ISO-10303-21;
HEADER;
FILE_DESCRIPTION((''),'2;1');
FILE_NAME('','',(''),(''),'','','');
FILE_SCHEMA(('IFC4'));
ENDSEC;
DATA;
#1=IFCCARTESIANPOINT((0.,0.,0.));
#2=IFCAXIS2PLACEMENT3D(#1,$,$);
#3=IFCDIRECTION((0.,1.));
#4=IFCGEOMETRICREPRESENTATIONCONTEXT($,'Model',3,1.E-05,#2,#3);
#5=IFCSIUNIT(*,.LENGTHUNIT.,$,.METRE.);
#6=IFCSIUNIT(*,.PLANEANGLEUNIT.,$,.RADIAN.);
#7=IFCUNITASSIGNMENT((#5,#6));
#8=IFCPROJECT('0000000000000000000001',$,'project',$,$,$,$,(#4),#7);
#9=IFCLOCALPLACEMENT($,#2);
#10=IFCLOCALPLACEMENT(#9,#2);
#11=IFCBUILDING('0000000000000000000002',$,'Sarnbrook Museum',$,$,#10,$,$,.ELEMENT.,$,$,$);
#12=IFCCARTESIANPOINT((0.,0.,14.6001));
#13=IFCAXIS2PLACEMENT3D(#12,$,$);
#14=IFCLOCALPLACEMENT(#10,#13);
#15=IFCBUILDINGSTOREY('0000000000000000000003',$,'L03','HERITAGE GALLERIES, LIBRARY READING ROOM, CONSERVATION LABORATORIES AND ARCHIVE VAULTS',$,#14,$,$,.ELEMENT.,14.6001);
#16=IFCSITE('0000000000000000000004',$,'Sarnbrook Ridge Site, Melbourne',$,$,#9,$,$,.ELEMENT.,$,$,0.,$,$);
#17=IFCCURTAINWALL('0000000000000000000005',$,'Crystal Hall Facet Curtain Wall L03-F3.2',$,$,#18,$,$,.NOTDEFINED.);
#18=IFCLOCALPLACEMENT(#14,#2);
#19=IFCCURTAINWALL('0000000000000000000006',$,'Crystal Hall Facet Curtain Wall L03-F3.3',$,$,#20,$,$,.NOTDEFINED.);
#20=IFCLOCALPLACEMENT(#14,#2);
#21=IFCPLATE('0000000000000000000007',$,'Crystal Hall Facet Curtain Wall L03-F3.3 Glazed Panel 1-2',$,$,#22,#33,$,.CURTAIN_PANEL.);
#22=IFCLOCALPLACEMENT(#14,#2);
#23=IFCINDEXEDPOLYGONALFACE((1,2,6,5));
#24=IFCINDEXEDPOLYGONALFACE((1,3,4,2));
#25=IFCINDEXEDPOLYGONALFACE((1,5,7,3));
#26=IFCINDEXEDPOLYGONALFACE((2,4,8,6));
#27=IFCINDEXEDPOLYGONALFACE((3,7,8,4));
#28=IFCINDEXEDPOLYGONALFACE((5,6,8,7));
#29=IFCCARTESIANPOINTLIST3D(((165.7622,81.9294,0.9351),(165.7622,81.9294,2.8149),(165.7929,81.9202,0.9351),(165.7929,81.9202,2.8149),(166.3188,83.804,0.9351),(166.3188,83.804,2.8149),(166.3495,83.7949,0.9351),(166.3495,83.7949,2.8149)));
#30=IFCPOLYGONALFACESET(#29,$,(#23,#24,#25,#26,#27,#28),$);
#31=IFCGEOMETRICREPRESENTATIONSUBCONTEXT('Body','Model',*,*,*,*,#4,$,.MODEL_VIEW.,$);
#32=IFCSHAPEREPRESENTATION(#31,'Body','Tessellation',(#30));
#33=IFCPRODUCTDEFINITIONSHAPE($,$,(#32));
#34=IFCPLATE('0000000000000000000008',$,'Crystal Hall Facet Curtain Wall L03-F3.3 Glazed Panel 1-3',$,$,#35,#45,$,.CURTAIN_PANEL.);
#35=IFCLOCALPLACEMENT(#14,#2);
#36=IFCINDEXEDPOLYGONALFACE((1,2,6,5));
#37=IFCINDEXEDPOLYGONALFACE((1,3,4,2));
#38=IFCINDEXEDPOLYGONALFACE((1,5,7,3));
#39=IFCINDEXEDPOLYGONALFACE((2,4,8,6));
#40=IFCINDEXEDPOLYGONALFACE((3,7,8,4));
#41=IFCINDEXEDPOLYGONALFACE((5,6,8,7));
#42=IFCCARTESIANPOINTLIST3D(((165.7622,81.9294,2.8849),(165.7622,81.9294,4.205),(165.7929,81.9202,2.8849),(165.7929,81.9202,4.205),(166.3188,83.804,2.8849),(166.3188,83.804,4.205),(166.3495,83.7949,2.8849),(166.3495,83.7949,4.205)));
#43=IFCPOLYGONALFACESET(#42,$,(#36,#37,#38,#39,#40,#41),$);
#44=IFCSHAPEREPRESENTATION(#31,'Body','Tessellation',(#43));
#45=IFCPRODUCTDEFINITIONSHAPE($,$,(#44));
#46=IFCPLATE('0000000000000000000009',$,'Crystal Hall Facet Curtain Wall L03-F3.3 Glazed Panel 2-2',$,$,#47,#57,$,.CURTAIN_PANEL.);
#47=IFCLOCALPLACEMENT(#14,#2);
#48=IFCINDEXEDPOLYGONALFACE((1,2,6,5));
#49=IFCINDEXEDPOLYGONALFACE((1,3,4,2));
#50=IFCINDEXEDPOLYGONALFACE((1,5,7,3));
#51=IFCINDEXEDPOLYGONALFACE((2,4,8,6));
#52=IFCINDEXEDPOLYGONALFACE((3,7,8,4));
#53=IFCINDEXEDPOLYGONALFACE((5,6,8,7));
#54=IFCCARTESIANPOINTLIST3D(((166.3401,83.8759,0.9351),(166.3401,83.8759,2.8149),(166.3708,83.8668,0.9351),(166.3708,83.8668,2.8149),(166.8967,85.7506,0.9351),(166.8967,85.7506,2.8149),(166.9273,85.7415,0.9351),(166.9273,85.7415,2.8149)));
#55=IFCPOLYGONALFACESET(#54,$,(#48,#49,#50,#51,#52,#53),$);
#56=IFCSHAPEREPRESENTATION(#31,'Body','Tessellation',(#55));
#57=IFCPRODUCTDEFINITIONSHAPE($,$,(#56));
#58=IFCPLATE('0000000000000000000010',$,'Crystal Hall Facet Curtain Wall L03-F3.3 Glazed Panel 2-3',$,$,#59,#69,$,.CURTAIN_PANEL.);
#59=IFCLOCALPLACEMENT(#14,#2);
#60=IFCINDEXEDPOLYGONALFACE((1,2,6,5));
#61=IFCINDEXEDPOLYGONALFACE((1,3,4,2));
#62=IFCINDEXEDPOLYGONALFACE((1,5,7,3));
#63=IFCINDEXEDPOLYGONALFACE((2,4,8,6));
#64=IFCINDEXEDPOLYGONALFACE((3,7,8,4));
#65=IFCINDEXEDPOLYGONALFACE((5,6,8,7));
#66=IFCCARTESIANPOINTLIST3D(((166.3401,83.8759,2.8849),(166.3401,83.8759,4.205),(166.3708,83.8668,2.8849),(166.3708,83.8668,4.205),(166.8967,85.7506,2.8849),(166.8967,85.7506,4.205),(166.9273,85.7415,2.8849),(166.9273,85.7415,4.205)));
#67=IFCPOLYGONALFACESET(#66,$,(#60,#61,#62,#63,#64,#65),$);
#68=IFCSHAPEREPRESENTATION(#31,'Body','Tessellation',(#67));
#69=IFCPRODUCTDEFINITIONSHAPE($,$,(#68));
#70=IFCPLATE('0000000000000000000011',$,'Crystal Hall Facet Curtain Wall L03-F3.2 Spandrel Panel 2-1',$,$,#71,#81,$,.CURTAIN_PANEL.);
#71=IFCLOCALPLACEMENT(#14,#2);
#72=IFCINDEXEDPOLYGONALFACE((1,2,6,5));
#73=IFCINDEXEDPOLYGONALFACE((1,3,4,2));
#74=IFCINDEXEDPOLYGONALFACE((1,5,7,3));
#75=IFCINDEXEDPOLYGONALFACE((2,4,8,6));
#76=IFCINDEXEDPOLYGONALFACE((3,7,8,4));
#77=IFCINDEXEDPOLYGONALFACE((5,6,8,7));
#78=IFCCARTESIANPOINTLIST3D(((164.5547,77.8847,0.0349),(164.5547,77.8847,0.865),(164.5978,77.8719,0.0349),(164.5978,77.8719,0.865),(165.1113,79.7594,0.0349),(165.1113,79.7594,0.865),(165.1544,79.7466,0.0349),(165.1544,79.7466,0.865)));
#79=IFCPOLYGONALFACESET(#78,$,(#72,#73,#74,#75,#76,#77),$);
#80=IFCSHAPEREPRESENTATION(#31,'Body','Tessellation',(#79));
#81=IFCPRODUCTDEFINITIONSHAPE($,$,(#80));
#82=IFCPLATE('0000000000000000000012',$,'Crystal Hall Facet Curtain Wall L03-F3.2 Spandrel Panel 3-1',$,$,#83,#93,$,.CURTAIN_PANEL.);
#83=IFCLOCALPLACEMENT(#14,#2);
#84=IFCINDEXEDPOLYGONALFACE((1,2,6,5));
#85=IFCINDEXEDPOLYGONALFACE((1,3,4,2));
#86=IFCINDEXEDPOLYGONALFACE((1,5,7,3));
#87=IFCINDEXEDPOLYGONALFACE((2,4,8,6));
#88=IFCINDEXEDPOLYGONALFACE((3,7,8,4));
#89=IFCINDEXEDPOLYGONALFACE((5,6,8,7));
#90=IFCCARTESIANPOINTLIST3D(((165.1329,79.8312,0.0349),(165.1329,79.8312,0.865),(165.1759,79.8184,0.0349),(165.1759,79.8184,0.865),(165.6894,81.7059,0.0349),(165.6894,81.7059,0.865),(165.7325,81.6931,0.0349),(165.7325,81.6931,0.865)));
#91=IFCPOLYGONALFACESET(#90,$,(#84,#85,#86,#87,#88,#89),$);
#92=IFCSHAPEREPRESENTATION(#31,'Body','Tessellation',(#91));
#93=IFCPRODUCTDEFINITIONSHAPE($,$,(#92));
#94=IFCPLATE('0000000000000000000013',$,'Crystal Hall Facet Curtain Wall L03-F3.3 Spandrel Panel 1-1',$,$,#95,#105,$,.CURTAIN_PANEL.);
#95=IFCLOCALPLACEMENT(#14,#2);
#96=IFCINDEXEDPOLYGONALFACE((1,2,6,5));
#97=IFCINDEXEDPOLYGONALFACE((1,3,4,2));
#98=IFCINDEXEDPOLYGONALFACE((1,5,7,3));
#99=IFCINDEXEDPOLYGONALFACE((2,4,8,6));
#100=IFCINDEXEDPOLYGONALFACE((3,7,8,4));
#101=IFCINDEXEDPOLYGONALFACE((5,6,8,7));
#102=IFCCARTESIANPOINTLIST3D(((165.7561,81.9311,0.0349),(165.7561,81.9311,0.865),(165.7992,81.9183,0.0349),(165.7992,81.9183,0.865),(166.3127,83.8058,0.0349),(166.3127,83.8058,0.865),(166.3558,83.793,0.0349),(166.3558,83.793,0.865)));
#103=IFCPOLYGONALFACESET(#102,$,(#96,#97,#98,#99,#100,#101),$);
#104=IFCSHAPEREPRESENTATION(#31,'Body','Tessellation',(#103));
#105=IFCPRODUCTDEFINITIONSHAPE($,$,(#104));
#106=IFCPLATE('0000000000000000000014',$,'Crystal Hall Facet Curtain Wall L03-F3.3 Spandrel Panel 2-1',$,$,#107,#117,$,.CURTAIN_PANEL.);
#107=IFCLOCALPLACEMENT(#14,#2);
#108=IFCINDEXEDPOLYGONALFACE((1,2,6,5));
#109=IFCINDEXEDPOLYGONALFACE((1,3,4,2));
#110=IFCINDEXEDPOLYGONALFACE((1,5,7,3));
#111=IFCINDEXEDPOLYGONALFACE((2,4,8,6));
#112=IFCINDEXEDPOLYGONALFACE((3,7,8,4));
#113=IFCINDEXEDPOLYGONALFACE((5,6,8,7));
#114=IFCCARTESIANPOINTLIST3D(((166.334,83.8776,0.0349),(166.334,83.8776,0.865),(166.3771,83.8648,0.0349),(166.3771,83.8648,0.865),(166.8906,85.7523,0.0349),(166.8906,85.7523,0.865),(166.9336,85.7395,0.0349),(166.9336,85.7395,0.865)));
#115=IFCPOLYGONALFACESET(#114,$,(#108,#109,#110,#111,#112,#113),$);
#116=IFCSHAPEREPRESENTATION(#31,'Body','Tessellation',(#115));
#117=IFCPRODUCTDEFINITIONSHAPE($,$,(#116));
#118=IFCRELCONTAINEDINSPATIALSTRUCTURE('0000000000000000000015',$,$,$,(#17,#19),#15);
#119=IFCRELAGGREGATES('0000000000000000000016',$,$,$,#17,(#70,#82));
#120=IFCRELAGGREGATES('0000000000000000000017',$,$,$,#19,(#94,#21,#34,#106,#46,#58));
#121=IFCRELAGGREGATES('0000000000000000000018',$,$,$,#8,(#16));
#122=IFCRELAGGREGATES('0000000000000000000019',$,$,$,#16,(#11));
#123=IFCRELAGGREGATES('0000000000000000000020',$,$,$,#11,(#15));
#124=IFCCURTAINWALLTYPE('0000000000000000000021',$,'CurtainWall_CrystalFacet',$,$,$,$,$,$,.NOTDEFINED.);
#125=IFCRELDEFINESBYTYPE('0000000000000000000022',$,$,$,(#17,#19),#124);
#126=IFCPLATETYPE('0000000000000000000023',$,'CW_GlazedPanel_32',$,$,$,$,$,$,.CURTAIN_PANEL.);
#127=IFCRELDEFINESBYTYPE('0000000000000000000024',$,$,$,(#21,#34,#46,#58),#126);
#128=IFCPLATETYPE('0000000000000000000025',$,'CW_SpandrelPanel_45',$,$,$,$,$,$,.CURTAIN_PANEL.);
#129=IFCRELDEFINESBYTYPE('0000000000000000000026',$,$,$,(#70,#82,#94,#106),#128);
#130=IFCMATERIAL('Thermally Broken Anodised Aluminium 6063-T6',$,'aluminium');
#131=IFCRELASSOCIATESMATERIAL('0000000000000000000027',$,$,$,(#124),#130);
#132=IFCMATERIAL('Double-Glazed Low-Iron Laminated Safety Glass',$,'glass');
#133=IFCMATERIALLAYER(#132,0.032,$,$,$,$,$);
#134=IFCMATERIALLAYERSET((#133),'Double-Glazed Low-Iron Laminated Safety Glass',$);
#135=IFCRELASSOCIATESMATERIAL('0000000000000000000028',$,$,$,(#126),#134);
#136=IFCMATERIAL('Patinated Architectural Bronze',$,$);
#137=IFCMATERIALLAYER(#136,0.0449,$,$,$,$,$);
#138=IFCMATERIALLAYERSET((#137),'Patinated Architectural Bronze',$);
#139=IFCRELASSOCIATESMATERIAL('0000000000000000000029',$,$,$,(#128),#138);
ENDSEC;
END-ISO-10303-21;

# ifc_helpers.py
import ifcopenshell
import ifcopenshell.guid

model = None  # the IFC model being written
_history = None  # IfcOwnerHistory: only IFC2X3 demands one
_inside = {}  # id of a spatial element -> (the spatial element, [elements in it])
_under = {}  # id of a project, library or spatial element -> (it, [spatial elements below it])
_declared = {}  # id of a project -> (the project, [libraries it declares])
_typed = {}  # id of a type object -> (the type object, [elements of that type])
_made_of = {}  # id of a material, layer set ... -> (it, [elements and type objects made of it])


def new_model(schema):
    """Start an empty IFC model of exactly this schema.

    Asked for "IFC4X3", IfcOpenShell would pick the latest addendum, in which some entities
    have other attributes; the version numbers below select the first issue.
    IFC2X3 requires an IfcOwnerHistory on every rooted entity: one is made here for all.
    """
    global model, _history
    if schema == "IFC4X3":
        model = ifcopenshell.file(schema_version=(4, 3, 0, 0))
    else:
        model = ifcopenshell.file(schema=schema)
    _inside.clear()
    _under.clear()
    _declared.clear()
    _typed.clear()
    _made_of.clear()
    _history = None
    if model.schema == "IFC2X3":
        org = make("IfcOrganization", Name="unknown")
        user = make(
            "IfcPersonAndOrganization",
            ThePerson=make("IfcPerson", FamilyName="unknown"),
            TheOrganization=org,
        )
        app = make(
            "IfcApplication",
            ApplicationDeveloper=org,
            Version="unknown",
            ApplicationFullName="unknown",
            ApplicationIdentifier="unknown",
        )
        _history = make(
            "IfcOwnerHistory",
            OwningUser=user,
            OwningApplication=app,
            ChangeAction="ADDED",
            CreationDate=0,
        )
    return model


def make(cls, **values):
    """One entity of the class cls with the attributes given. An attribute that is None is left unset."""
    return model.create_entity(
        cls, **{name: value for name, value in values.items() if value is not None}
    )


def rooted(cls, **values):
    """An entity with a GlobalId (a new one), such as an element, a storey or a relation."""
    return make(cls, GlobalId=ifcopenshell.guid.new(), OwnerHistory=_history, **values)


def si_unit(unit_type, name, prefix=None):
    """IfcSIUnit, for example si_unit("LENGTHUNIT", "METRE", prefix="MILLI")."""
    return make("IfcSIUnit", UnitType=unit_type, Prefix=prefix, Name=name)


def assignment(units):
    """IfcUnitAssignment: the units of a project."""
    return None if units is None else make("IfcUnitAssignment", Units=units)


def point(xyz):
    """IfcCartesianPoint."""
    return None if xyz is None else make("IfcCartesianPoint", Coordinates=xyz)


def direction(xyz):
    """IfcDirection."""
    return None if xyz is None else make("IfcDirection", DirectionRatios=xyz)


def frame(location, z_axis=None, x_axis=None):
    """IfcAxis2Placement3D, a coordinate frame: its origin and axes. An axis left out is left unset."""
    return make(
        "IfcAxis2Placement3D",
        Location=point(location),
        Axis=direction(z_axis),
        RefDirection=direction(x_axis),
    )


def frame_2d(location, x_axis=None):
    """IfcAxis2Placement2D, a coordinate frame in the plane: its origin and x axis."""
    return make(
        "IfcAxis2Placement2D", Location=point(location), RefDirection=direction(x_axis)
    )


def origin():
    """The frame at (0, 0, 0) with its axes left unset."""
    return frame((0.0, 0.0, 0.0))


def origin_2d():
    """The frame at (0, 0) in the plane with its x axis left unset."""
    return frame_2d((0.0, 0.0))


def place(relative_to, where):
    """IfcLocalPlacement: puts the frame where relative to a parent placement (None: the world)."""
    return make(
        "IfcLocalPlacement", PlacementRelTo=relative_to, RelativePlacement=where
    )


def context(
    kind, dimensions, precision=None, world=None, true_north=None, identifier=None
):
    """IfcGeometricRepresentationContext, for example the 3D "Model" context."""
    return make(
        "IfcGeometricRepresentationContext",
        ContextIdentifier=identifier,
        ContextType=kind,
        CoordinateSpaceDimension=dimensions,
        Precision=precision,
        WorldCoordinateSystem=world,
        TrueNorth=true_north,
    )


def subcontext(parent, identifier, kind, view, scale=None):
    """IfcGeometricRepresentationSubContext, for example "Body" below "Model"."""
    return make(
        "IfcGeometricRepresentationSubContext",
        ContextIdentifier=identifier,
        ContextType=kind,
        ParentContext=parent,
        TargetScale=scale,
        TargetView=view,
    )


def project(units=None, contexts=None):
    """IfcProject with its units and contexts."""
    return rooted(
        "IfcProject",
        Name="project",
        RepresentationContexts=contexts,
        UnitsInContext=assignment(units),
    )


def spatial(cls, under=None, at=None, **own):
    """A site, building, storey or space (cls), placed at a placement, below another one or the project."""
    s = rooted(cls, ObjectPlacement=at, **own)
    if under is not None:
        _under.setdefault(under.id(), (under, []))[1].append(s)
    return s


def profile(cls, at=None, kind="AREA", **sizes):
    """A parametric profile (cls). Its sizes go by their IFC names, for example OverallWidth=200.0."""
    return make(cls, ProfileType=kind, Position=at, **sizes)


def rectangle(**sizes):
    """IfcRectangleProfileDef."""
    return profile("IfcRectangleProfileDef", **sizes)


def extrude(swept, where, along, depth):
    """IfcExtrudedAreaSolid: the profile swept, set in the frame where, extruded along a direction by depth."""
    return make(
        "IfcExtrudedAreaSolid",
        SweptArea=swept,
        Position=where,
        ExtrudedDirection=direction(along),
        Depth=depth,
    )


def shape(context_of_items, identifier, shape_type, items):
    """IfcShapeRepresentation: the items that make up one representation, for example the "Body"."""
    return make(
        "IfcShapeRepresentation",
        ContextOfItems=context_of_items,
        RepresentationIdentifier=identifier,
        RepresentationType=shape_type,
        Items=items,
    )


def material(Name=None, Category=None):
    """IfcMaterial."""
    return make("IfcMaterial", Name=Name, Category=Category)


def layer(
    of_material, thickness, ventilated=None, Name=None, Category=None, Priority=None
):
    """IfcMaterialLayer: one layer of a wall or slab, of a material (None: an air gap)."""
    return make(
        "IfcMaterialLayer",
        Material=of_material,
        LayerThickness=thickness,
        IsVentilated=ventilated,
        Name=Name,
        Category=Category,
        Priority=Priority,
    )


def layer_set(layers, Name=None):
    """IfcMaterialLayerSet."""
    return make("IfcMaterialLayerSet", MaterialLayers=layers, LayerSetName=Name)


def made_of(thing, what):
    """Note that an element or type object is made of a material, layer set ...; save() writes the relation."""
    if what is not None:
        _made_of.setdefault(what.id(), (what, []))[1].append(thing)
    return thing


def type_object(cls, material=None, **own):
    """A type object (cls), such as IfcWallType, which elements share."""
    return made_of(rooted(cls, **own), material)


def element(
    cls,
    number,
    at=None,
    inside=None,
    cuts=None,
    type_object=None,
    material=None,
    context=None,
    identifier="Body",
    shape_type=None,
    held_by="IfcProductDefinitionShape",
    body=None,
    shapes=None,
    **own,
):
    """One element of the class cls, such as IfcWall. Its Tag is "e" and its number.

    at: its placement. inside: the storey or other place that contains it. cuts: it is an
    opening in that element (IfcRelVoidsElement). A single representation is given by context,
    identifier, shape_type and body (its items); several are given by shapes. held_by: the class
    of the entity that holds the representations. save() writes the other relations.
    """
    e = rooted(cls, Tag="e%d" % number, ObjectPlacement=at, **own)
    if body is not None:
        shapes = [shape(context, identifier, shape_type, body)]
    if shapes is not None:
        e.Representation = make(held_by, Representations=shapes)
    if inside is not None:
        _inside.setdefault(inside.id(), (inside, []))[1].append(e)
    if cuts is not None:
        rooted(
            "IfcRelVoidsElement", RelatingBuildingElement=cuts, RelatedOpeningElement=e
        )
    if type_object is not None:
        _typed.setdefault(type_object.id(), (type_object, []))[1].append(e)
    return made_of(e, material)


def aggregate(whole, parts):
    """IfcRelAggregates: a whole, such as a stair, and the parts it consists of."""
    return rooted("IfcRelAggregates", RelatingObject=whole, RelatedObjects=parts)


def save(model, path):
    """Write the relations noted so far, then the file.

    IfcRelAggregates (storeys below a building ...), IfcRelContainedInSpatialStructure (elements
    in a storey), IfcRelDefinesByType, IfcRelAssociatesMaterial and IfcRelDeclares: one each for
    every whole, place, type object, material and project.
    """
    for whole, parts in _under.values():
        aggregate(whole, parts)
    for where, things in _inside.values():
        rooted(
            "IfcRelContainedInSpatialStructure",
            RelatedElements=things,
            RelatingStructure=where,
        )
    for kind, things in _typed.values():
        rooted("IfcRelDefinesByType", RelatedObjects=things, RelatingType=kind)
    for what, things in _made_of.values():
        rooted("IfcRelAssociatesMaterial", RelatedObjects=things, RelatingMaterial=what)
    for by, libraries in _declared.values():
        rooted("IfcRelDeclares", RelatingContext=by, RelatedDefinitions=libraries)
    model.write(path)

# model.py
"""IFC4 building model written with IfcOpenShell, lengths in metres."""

from ifc_helpers import new_model, si_unit, direction, frame, origin, origin_2d, place, context, subcontext, project, spatial, rectangle, extrude, material, layer, layer_set, type_object, element, aggregate, save


model = new_model("IFC4")

# Units and contexts
model_context = context("Model", 3, precision=1e-05, world=origin(), true_north=direction((0.0, 1.0)))
body_context = subcontext(model_context, "Body", "Model", "MODEL_VIEW")
ifc_project = project(units=[si_unit("LENGTHUNIT", "METRE"), si_unit("PLANEANGLEUNIT", "RADIAN")], contexts=[model_context])

# Site, building, storey
site_placement = place(None, origin())
site = spatial("IfcSite", under=ifc_project, at=site_placement, Name="Sarnbrook Ridge Site, Melbourne", CompositionType="ELEMENT", RefElevation=0.0)
building_placement = place(site_placement, origin())
building = spatial("IfcBuilding", under=site, at=building_placement, Name="Sarnbrook Museum", CompositionType="ELEMENT")
storey_placement = place(building_placement, frame((0.0, 0.0, 14.6001)))
storey = spatial("IfcBuildingStorey", under=building, at=storey_placement, Name="L03", Description="HERITAGE GALLERIES, LIBRARY READING ROOM, CONSERVATION LABORATORIES AND ARCHIVE VAULTS", CompositionType="ELEMENT", Elevation=14.6001)

# Curtain walls
ifc_material_1 = material(Name="Thermally Broken Anodised Aluminium 6063-T6", Category="aluminium")
curtain_wall_type = type_object("IfcCurtainWallType", Name="CurtainWall_CrystalFacet", PredefinedType="NOTDEFINED", material=ifc_material_1)
curtain_wall_1_placement = place(storey_placement, origin())
curtain_wall_1 = element("IfcCurtainWall", 1, at=curtain_wall_1_placement, inside=storey, type_object=curtain_wall_type, Name="Crystal Hall Facet Curtain Wall L03-F3.2", PredefinedType="NOTDEFINED")
curtain_wall_2_placement = place(storey_placement, origin())
curtain_wall_2 = element("IfcCurtainWall", 2, at=curtain_wall_2_placement, inside=storey, type_object=curtain_wall_type, Name="Crystal Hall Facet Curtain Wall L03-F3.3", PredefinedType="NOTDEFINED")

# Plates
ifc_material_2 = material(Name="Double-Glazed Low-Iron Laminated Safety Glass", Category="glass")
ifc_layer_1 = layer(ifc_material_2, 0.032)
ifc_layer_set_1 = layer_set([ifc_layer_1], Name="Double-Glazed Low-Iron Laminated Safety Glass")
plate_type_1 = type_object("IfcPlateType", Name="CW_GlazedPanel_32", PredefinedType="CURTAIN_PANEL", material=ifc_layer_set_1)
plate_1_placement = place(storey_placement, frame((166.0405, 82.8667, 1.875), z_axis=(0.958645, -0.284603, 0.0), x_axis=(0.284603, 0.958645, 0.0)))
plate_1 = element("IfcPlate", 3, at=plate_1_placement, type_object=plate_type_1, Name="Crystal Hall Facet Curtain Wall L03-F3.3 Glazed Panel 1-2", PredefinedType="CURTAIN_PANEL", context=body_context, shape_type="SweptSolid", body=[
    extrude(rectangle(XDim=1.9556, YDim=1.8799, at=origin_2d()), origin(), (0.0, 0.0, 1.0), 0.032),
])
plate_2_placement = place(storey_placement, frame((166.0405, 82.8667, 3.5449), z_axis=(0.958645, -0.284603, 0.0), x_axis=(0.284603, 0.958645, 0.0)))
plate_2 = element("IfcPlate", 4, at=plate_2_placement, type_object=plate_type_1, Name="Crystal Hall Facet Curtain Wall L03-F3.3 Glazed Panel 1-3", PredefinedType="CURTAIN_PANEL", context=body_context, shape_type="SweptSolid", body=[
    extrude(rectangle(XDim=1.9556, YDim=1.3201, at=origin_2d()), origin(), (0.0, 0.0, 1.0), 0.032),
])
plate_3_placement = place(storey_placement, frame((166.6184, 84.8132, 1.875), z_axis=(0.958645, -0.284603, 0.0), x_axis=(0.284603, 0.958645, 0.0)))
plate_3 = element("IfcPlate", 5, at=plate_3_placement, type_object=plate_type_1, Name="Crystal Hall Facet Curtain Wall L03-F3.3 Glazed Panel 2-2", PredefinedType="CURTAIN_PANEL", context=body_context, shape_type="SweptSolid", body=[
    extrude(rectangle(XDim=1.9556, YDim=1.8799, at=origin_2d()), origin(), (0.0, 0.0, 1.0), 0.032),
])
plate_4_placement = place(storey_placement, frame((166.6184, 84.8132, 3.5449), z_axis=(0.958645, -0.284603, 0.0), x_axis=(0.284603, 0.958645, 0.0)))
plate_4 = element("IfcPlate", 6, at=plate_4_placement, type_object=plate_type_1, Name="Crystal Hall Facet Curtain Wall L03-F3.3 Glazed Panel 2-3", PredefinedType="CURTAIN_PANEL", context=body_context, shape_type="SweptSolid", body=[
    extrude(rectangle(XDim=1.9556, YDim=1.3201, at=origin_2d()), origin(), (0.0, 0.0, 1.0), 0.032),
])
ifc_material_3 = material(Name="Patinated Architectural Bronze")
ifc_layer_2 = layer(ifc_material_3, 0.0449)
ifc_layer_set_2 = layer_set([ifc_layer_2], Name="Patinated Architectural Bronze")
plate_type_2 = type_object("IfcPlateType", Name="CW_SpandrelPanel_45", PredefinedType="CURTAIN_PANEL", material=ifc_layer_set_2)
plate_5_placement = place(storey_placement, frame((164.833, 78.822, 0.45), z_axis=(0.958645, -0.284603, 0.0), x_axis=(0.284603, 0.958645, 0.0)))
plate_5 = element("IfcPlate", 7, at=plate_5_placement, type_object=plate_type_2, Name="Crystal Hall Facet Curtain Wall L03-F3.2 Spandrel Panel 2-1", PredefinedType="CURTAIN_PANEL", context=body_context, shape_type="SweptSolid", body=[
    extrude(rectangle(XDim=1.9556, YDim=0.8301, at=origin_2d()), origin(), (0.0, 0.0, 1.0), 0.0449),
])
plate_6_placement = place(storey_placement, frame((165.4111, 80.7686, 0.45), z_axis=(0.958645, -0.284603, 0.0), x_axis=(0.284603, 0.958645, 0.0)))
plate_6 = element("IfcPlate", 8, at=plate_6_placement, type_object=plate_type_2, Name="Crystal Hall Facet Curtain Wall L03-F3.2 Spandrel Panel 3-1", PredefinedType="CURTAIN_PANEL", context=body_context, shape_type="SweptSolid", body=[
    extrude(rectangle(XDim=1.9556, YDim=0.8301, at=origin_2d()), origin(), (0.0, 0.0, 1.0), 0.0449),
])
aggregate(curtain_wall_1, [plate_5, plate_6])
plate_7_placement = place(storey_placement, frame((166.0344, 82.8684, 0.45), z_axis=(0.958645, -0.284603, 0.0), x_axis=(0.284603, 0.958645, 0.0)))
plate_7 = element("IfcPlate", 9, at=plate_7_placement, type_object=plate_type_2, Name="Crystal Hall Facet Curtain Wall L03-F3.3 Spandrel Panel 1-1", PredefinedType="CURTAIN_PANEL", context=body_context, shape_type="SweptSolid", body=[
    extrude(rectangle(XDim=1.9556, YDim=0.8301, at=origin_2d()), origin(), (0.0, 0.0, 1.0), 0.0449),
])
plate_8_placement = place(storey_placement, frame((166.6123, 84.8149, 0.45), z_axis=(0.958645, -0.284603, 0.0), x_axis=(0.284603, 0.958645, 0.0)))
plate_8 = element("IfcPlate", 10, at=plate_8_placement, type_object=plate_type_2, Name="Crystal Hall Facet Curtain Wall L03-F3.3 Spandrel Panel 2-1", PredefinedType="CURTAIN_PANEL", context=body_context, shape_type="SweptSolid", body=[
    extrude(rectangle(XDim=1.9556, YDim=0.8301, at=origin_2d()), origin(), (0.0, 0.0, 1.0), 0.0449),
])
aggregate(curtain_wall_2, [plate_7, plate_1, plate_2, plate_8, plate_3, plate_4])

save(model, "model.ifc")
